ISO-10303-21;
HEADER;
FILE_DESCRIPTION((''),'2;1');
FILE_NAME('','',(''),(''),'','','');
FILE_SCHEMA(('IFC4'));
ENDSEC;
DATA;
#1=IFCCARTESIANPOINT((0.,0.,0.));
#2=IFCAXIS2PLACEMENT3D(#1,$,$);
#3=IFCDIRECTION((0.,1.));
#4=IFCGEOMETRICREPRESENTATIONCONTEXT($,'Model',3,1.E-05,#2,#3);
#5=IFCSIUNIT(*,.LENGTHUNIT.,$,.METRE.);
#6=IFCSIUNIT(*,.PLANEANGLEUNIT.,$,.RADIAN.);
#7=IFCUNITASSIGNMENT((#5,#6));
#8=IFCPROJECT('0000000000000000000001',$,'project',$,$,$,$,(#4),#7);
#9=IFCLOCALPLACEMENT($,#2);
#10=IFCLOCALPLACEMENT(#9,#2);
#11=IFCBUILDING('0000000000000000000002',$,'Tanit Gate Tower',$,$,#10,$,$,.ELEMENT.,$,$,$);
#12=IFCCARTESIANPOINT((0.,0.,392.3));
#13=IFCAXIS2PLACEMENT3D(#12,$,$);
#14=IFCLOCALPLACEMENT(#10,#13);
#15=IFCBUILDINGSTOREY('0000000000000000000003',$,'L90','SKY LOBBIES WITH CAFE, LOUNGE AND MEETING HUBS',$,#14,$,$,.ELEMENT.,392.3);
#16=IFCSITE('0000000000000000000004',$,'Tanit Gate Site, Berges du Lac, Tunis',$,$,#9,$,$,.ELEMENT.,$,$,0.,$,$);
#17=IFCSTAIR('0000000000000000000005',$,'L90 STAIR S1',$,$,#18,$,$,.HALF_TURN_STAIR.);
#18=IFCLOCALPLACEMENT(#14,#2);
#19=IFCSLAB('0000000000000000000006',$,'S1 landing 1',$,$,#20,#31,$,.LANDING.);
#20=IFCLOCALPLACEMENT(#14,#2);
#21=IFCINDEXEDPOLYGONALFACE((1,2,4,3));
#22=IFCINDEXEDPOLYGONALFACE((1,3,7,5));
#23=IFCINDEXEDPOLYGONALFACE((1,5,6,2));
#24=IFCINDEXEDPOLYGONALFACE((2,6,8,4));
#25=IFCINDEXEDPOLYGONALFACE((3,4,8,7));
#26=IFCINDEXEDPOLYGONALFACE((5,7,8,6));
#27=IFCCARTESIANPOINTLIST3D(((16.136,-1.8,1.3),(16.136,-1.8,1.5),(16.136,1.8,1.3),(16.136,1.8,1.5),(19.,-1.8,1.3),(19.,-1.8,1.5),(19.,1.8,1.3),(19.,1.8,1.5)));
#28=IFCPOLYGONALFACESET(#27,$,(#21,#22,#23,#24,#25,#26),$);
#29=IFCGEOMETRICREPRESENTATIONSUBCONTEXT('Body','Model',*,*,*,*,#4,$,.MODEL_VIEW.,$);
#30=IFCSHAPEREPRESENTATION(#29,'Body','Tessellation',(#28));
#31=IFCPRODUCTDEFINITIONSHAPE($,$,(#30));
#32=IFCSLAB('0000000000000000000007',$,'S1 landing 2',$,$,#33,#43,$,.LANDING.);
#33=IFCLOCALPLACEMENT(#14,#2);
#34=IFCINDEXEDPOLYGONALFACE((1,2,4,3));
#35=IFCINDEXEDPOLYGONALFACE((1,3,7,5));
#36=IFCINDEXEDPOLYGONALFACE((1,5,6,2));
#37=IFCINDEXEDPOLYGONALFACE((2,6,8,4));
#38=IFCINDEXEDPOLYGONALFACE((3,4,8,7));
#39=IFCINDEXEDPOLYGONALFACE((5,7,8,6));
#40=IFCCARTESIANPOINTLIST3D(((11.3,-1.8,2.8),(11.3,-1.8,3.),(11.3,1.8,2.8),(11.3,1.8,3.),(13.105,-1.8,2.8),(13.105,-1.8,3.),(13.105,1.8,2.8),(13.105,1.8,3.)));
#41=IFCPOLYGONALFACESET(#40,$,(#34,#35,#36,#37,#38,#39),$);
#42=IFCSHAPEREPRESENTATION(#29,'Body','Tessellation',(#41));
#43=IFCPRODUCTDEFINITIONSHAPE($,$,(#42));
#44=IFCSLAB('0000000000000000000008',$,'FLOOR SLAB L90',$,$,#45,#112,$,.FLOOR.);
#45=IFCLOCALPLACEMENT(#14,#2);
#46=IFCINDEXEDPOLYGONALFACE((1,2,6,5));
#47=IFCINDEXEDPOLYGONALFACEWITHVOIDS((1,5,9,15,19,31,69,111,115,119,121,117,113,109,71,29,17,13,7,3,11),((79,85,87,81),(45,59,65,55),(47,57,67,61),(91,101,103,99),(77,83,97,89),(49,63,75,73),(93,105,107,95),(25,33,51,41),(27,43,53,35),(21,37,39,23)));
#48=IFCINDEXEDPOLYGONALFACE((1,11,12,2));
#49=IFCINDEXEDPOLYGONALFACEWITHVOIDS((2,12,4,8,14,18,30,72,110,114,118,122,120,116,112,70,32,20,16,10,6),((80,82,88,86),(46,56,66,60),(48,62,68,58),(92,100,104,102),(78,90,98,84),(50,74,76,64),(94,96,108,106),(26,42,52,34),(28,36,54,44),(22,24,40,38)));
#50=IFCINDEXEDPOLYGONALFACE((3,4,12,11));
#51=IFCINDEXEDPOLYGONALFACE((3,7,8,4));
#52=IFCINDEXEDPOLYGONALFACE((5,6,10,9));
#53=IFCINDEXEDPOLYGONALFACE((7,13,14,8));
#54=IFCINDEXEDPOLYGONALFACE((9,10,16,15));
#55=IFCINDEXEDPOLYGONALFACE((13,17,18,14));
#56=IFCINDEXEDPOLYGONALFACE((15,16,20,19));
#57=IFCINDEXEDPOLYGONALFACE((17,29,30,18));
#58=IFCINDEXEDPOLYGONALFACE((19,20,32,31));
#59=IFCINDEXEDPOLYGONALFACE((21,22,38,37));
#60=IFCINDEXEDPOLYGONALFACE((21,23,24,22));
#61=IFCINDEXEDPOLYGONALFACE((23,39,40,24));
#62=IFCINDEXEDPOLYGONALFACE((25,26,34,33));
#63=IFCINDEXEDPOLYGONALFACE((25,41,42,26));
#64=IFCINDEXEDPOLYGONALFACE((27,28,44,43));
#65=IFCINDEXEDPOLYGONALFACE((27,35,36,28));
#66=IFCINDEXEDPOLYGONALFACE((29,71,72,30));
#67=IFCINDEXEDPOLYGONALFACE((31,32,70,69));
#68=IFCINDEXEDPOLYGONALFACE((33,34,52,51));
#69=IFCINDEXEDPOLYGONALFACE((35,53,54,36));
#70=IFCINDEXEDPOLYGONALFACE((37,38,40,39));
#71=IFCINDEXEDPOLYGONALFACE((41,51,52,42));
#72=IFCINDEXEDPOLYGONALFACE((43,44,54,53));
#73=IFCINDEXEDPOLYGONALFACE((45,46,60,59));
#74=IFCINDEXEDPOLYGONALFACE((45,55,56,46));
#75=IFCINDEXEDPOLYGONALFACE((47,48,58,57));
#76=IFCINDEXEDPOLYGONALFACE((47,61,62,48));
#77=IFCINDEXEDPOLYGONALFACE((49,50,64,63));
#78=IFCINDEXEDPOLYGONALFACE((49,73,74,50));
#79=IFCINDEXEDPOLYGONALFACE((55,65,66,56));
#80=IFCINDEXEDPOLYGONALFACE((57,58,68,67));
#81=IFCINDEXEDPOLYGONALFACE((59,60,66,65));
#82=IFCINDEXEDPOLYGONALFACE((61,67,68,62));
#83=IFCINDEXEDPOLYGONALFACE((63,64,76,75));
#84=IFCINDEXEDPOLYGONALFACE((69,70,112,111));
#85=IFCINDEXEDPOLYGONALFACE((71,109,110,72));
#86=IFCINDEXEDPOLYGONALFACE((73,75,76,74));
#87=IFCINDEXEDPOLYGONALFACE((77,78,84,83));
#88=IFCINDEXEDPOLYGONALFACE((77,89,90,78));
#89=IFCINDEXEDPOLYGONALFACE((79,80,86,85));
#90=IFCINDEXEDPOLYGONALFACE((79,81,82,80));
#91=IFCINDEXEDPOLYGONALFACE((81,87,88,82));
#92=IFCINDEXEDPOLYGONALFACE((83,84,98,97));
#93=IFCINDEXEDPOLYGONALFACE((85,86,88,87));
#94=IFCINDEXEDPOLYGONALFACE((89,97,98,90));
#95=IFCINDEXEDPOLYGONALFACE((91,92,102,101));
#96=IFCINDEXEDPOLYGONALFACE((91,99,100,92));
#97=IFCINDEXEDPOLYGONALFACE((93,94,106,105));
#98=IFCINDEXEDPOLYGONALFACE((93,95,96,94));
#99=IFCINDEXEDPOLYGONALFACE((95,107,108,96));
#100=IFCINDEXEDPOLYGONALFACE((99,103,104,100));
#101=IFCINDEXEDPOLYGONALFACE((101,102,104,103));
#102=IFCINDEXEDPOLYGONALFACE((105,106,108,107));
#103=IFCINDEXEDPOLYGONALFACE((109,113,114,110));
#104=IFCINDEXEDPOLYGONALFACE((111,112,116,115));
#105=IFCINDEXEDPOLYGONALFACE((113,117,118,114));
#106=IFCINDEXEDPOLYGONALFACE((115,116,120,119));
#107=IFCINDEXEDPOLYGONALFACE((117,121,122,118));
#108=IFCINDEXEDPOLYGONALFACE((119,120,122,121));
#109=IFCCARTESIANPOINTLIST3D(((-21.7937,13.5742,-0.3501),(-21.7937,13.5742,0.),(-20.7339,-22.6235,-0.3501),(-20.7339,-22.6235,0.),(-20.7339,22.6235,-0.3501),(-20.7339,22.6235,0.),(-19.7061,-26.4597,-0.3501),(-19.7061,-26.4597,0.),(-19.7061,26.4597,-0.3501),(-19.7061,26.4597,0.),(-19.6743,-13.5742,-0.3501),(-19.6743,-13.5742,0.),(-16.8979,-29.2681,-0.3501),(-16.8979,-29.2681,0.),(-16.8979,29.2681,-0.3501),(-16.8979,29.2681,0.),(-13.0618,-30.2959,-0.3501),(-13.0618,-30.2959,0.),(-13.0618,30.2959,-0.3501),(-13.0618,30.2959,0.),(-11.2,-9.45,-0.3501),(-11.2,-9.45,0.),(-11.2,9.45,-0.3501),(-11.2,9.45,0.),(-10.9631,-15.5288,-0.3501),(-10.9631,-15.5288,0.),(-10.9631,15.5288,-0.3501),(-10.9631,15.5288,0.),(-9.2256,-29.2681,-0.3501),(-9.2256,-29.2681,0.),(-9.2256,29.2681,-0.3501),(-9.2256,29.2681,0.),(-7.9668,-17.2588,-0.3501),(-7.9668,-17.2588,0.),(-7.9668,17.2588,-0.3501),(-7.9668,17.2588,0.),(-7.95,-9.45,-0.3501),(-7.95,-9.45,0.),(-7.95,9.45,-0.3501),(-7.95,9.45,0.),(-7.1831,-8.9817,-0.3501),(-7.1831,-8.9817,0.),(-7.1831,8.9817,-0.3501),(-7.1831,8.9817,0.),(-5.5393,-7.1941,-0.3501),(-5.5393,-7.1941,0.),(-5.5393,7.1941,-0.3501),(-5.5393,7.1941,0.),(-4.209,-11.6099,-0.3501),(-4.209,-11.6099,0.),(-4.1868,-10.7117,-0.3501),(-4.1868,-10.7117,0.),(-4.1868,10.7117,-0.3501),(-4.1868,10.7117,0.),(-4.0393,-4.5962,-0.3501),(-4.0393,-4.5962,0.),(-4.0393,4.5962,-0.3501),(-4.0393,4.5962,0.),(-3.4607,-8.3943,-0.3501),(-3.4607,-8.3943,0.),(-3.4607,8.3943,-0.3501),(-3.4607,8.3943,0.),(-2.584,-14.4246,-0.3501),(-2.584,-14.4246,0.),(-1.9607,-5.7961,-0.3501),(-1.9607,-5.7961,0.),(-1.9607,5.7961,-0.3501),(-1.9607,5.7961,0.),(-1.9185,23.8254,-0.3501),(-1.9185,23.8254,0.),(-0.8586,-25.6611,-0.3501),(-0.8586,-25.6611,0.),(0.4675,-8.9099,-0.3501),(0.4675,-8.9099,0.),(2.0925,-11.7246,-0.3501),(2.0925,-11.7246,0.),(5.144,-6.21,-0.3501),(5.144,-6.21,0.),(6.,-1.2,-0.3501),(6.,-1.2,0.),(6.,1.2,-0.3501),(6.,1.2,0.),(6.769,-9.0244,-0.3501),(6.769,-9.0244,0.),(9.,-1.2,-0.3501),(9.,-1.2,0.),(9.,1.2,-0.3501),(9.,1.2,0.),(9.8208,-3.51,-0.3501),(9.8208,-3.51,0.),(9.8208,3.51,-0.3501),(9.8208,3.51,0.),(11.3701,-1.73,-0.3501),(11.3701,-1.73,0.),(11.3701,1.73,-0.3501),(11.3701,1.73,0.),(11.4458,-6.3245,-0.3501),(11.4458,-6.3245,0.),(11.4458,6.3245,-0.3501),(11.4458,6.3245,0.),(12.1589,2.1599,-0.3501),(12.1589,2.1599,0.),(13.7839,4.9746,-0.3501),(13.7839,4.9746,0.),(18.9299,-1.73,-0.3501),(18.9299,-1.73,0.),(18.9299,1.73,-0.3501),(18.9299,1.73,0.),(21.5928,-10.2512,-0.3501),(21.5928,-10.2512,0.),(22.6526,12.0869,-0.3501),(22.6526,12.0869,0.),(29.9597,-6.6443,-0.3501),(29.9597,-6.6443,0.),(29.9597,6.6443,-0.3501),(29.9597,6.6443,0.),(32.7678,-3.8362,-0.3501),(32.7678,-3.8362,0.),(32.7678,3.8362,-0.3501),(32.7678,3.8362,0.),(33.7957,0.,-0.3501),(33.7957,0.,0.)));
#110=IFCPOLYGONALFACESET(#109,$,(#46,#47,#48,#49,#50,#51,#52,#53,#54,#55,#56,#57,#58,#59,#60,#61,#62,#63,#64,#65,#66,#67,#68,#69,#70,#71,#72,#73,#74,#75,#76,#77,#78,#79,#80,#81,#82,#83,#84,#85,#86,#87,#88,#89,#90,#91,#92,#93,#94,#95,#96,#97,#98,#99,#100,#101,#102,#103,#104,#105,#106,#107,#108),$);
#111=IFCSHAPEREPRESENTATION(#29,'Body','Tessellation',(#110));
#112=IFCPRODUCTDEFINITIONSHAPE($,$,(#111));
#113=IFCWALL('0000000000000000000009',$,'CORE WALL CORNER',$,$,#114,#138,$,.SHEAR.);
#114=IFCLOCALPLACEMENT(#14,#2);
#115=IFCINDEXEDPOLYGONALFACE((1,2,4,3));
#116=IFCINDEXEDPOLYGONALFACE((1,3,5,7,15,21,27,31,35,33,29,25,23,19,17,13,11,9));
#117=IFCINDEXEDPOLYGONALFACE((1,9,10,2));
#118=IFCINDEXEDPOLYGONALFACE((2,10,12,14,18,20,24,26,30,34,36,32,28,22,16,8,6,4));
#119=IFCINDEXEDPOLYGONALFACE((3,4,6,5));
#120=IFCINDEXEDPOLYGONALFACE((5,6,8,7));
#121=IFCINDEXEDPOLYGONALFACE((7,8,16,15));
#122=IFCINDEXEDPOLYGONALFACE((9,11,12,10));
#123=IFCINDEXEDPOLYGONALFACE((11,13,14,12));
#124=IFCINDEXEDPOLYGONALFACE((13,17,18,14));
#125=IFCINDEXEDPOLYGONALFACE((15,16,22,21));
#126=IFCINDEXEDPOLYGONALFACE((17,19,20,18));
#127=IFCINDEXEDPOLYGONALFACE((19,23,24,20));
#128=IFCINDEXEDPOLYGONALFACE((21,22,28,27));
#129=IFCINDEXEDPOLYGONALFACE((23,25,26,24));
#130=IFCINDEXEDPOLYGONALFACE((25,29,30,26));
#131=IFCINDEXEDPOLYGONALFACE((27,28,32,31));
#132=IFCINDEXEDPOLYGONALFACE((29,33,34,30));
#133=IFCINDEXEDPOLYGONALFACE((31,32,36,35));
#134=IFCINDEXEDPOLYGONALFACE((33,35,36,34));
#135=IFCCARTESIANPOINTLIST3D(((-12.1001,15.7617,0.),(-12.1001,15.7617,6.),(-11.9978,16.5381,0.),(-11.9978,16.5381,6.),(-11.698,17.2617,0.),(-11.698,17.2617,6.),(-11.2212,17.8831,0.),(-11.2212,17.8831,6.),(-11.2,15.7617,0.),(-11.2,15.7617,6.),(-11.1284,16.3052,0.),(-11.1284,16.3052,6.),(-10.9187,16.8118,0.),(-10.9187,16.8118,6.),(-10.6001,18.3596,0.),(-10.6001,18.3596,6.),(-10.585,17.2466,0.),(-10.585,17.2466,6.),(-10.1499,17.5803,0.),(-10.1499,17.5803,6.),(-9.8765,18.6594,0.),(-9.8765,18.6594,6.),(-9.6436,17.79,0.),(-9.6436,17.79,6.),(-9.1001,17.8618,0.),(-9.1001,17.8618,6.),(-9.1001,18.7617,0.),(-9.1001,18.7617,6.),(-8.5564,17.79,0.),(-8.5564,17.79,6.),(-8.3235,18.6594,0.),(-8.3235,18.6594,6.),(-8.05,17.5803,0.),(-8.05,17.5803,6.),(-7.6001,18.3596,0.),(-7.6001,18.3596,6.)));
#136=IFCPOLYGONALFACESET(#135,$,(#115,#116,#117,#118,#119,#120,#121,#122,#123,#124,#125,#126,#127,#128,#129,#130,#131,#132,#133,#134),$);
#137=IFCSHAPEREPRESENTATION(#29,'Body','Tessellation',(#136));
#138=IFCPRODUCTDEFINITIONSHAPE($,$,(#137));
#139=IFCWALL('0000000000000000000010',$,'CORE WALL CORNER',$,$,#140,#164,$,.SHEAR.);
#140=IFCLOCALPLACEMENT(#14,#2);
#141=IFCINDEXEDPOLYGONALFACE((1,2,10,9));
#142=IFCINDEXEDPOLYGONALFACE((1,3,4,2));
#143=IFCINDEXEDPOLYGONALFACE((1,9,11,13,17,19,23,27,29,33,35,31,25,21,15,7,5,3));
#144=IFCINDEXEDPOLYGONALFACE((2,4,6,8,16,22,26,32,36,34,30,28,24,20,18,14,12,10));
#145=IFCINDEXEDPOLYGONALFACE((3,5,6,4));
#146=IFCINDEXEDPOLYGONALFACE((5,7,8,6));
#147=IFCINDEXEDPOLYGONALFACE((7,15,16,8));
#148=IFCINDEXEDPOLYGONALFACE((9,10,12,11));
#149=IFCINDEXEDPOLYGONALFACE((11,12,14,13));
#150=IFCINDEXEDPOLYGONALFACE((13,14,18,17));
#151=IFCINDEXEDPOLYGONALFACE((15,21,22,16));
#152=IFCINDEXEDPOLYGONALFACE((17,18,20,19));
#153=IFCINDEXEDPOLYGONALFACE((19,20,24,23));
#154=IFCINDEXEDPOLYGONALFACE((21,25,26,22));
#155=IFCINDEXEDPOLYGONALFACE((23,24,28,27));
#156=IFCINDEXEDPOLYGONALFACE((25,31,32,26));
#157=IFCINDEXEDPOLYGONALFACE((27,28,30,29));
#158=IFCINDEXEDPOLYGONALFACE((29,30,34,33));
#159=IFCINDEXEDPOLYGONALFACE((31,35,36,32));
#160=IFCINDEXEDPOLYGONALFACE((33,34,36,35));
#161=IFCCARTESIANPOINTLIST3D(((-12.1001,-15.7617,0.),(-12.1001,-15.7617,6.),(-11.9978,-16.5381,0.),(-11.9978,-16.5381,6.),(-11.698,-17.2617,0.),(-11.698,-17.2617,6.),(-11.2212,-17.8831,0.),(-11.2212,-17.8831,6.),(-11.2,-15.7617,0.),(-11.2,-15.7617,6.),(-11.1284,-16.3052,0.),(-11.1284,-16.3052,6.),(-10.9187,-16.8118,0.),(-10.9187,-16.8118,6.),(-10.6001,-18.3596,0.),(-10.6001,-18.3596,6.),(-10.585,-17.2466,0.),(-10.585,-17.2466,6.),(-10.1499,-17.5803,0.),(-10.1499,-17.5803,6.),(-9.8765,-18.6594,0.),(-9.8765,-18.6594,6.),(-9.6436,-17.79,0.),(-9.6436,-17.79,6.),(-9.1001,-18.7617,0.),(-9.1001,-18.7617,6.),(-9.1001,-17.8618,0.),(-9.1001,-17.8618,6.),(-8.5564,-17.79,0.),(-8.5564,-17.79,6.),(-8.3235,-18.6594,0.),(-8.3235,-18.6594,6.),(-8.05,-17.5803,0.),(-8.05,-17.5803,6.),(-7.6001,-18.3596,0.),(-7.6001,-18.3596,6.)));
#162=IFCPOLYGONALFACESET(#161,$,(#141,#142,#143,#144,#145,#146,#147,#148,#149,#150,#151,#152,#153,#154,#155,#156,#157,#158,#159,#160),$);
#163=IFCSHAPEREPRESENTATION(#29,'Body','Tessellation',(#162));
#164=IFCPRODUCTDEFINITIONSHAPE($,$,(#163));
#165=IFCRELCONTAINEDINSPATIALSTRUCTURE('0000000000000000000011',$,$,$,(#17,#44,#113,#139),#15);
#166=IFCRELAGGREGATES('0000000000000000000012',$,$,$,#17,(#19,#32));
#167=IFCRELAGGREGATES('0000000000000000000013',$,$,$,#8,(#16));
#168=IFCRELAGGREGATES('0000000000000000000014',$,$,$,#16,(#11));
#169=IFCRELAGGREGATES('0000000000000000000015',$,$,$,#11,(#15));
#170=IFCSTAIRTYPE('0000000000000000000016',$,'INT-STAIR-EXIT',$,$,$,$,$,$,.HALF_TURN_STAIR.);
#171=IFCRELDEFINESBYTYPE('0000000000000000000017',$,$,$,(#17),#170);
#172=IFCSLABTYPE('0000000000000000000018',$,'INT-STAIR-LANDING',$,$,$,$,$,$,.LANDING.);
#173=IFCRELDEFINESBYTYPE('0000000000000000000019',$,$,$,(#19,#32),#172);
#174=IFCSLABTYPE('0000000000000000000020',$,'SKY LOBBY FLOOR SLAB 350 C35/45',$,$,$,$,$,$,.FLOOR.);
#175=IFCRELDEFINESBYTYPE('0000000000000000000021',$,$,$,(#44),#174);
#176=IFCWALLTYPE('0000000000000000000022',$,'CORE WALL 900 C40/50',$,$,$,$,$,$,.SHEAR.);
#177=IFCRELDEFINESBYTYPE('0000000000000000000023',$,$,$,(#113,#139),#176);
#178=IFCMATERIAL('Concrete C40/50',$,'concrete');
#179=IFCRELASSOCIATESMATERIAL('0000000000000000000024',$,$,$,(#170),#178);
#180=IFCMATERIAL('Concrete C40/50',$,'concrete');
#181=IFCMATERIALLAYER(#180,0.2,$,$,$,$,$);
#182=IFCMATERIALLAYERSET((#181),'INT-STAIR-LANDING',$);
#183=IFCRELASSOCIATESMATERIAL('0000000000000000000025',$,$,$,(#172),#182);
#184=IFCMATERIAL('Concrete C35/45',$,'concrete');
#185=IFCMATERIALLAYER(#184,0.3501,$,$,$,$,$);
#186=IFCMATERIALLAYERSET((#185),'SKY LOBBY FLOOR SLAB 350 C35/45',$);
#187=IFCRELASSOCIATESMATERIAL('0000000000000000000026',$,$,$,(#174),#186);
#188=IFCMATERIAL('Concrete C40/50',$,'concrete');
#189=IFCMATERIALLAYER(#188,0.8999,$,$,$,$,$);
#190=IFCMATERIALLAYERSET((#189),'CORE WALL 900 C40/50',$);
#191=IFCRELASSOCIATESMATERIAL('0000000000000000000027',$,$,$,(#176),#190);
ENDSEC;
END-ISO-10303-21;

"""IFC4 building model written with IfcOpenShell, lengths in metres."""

from ifc_helpers import new_model, si_unit, direction, frame, origin, place, context, subcontext, project, spatial, polyline, outline, extrude, material, layer, layer_set, type_object, element, aggregate, save


model = new_model("IFC4")

# Units and contexts
model_context = context("Model", 3, precision=1e-05, world=origin(), true_north=direction((0.0, 1.0)))
body_context = subcontext(model_context, "Body", "Model", "MODEL_VIEW")
ifc_project = project(units=[si_unit("LENGTHUNIT", "METRE"), si_unit("PLANEANGLEUNIT", "RADIAN")], contexts=[model_context])

# Site, building, storey
site_placement = place(None, origin())
site = spatial("IfcSite", under=ifc_project, at=site_placement, Name="Tanit Gate Site, Berges du Lac, Tunis", CompositionType="ELEMENT", RefElevation=0.0)
building_placement = place(site_placement, origin())
building = spatial("IfcBuilding", under=site, at=building_placement, Name="Tanit Gate Tower", CompositionType="ELEMENT")
storey_placement = place(building_placement, frame((0.0, 0.0, 392.3)))
storey = spatial("IfcBuildingStorey", under=building, at=storey_placement, Name="L90", Description="SKY LOBBIES WITH CAFE, LOUNGE AND MEETING HUBS", CompositionType="ELEMENT", Elevation=392.3)

# Stair, slabs
ifc_material_1 = material(Name="Concrete C40/50", Category="concrete")
stair_type = type_object("IfcStairType", Name="INT-STAIR-EXIT", PredefinedType="HALF_TURN_STAIR", material=ifc_material_1)
stair_placement = place(storey_placement, origin())
stair = element("IfcStair", 1, at=stair_placement, inside=storey, type_object=stair_type, Name="L90 STAIR S1", PredefinedType="HALF_TURN_STAIR")
ifc_material_2 = material(Name="Concrete C40/50", Category="concrete")
ifc_layer_1 = layer(ifc_material_2, 0.2)
ifc_layer_set_1 = layer_set([ifc_layer_1], Name="INT-STAIR-LANDING")
slab_type_1 = type_object("IfcSlabType", Name="INT-STAIR-LANDING", PredefinedType="LANDING", material=ifc_layer_set_1)
slab_1_placement = place(storey_placement, frame((0.0, 0.0, 1.3)))
slab_1 = element("IfcSlab", 2, at=slab_1_placement, type_object=slab_type_1, Name="S1 landing 1", PredefinedType="LANDING", context=body_context, shape_type="SweptSolid", body=[
    extrude(outline(polyline([(16.136, -1.8), (19.0, -1.8), (19.0, 1.8), (16.136, 1.8), (16.136, -1.8)])), origin(), (0.0, 0.0, 1.0), 0.2),
])
slab_2_placement = place(storey_placement, frame((0.0, 0.0, 2.8)))
slab_2 = element("IfcSlab", 3, at=slab_2_placement, type_object=slab_type_1, Name="S1 landing 2", PredefinedType="LANDING", context=body_context, shape_type="SweptSolid", body=[
    extrude(outline(polyline([(11.3, -1.8), (13.105, -1.8), (13.105, 1.8), (11.3, 1.8), (11.3, -1.8)])), origin(), (0.0, 0.0, 1.0), 0.2),
])
aggregate(stair, [slab_1, slab_2])

# Slab
ifc_material_3 = material(Name="Concrete C35/45", Category="concrete")
ifc_layer_2 = layer(ifc_material_3, 0.3501)
ifc_layer_set_2 = layer_set([ifc_layer_2], Name="SKY LOBBY FLOOR SLAB 350 C35/45")
slab_type_2 = type_object("IfcSlabType", Name="SKY LOBBY FLOOR SLAB 350 C35/45", PredefinedType="FLOOR", material=ifc_layer_set_2)
slab_3_placement = place(storey_placement, frame((0.0, 0.0, -0.3501)))
element("IfcSlab", 4, at=slab_3_placement, inside=storey, type_object=slab_type_2, Name="FLOOR SLAB L90", PredefinedType="FLOOR", context=body_context, shape_type="SweptSolid", body=[
    extrude(outline(polyline([(29.9597, 6.6443), (32.7678, 3.8362), (33.7957, 0.0), (32.7678, -3.8362), (29.9597, -6.6443), (21.5928, -10.2512), (-0.8586, -25.6611), (-9.2256, -29.2681), (-13.0618, -30.2959), (-16.8979, -29.2681), (-19.7061, -26.4597), (-20.7339, -22.6235), (-19.6743, -13.5742), (-21.7937, 13.5742), (-20.7339, 22.6235), (-19.7061, 26.4597), (-16.8979, 29.2681), (-13.0618, 30.2959), (-9.2256, 29.2681), (-1.9185, 23.8254), (22.6526, 12.0869), (29.9597, 6.6443)]), holes=[polyline([(11.3701, 1.73), (18.9299, 1.73), (18.9299, -1.73), (11.3701, -1.73), (11.3701, 1.73)]), polyline([(9.8208, 3.51), (11.4458, 6.3245), (13.7839, 4.9746), (12.1589, 2.1599), (9.8208, 3.51)]), polyline([(5.144, -6.21), (9.8208, -3.51), (11.4458, -6.3245), (6.769, -9.0244), (5.144, -6.21)]), polyline([(6.0, 1.2), (9.0, 1.2), (9.0, -1.2), (6.0, -1.2), (6.0, 1.2)]), polyline([(-4.209, -11.6099), (0.4675, -8.9099), (2.0925, -11.7246), (-2.584, -14.4246), (-4.209, -11.6099)]), polyline([(-5.5393, 7.1941), (-3.4607, 8.3943), (-1.9607, 5.7961), (-4.0393, 4.5962), (-5.5393, 7.1941)]), polyline([(-1.9607, -5.7961), (-3.4607, -8.3943), (-5.5393, -7.1941), (-4.0393, -4.5962), (-1.9607, -5.7961)]), polyline([(-10.9631, 15.5288), (-7.9668, 17.2588), (-4.1868, 10.7117), (-7.1831, 8.9817), (-10.9631, 15.5288)]), polyline([(-4.1868, -10.7117), (-7.9668, -17.2588), (-10.9631, -15.5288), (-7.1831, -8.9817), (-4.1868, -10.7117)]), polyline([(-11.2, -9.45), (-11.2, 9.45), (-7.95, 9.45), (-7.95, -9.45), (-11.2, -9.45)])]), origin(), (0.0, 0.0, 1.0), 0.3501),
])

# Walls
ifc_material_4 = material(Name="Concrete C40/50", Category="concrete")
ifc_layer_3 = layer(ifc_material_4, 0.8999)
ifc_layer_set_3 = layer_set([ifc_layer_3], Name="CORE WALL 900 C40/50")
wall_type_1 = type_object("IfcWallType", Name="CORE WALL 900 C40/50", PredefinedType="SHEAR", material=ifc_layer_set_3)
wall_1_placement = place(storey_placement, origin())
element("IfcWall", 5, at=wall_1_placement, inside=storey, type_object=wall_type_1, Name="CORE WALL CORNER", PredefinedType="SHEAR", context=body_context, shape_type="SweptSolid", body=[
    extrude(outline(polyline([(-7.6001, 18.3596), (-8.3235, 18.6594), (-9.1001, 18.7617), (-9.8765, 18.6594), (-10.6001, 18.3596), (-11.2212, 17.8831), (-11.698, 17.2617), (-11.9978, 16.5381), (-12.1001, 15.7617), (-11.2, 15.7617), (-11.1284, 16.3052), (-10.9187, 16.8118), (-10.585, 17.2466), (-10.1499, 17.5803), (-9.6436, 17.79), (-9.1001, 17.8618), (-8.5564, 17.79), (-8.05, 17.5803), (-7.6001, 18.3596)])), origin(), (0.0, 0.0, 1.0), 6.0),
])
wall_2_placement = place(storey_placement, origin())
element("IfcWall", 6, at=wall_2_placement, inside=storey, type_object=wall_type_1, Name="CORE WALL CORNER", PredefinedType="SHEAR", context=body_context, shape_type="SweptSolid", body=[
    extrude(outline(polyline([(-12.1001, -15.7617), (-11.9978, -16.5381), (-11.698, -17.2617), (-11.2212, -17.8831), (-10.6001, -18.3596), (-9.8765, -18.6594), (-9.1001, -18.7617), (-8.3235, -18.6594), (-7.6001, -18.3596), (-8.05, -17.5803), (-8.5564, -17.79), (-9.1001, -17.8618), (-9.6436, -17.79), (-10.1499, -17.5803), (-10.585, -17.2466), (-10.9187, -16.8118), (-11.1284, -16.3052), (-11.2, -15.7617), (-12.1001, -15.7617)])), origin(), (0.0, 0.0, 1.0), 6.0),
])

save(model, "model.ifc")
